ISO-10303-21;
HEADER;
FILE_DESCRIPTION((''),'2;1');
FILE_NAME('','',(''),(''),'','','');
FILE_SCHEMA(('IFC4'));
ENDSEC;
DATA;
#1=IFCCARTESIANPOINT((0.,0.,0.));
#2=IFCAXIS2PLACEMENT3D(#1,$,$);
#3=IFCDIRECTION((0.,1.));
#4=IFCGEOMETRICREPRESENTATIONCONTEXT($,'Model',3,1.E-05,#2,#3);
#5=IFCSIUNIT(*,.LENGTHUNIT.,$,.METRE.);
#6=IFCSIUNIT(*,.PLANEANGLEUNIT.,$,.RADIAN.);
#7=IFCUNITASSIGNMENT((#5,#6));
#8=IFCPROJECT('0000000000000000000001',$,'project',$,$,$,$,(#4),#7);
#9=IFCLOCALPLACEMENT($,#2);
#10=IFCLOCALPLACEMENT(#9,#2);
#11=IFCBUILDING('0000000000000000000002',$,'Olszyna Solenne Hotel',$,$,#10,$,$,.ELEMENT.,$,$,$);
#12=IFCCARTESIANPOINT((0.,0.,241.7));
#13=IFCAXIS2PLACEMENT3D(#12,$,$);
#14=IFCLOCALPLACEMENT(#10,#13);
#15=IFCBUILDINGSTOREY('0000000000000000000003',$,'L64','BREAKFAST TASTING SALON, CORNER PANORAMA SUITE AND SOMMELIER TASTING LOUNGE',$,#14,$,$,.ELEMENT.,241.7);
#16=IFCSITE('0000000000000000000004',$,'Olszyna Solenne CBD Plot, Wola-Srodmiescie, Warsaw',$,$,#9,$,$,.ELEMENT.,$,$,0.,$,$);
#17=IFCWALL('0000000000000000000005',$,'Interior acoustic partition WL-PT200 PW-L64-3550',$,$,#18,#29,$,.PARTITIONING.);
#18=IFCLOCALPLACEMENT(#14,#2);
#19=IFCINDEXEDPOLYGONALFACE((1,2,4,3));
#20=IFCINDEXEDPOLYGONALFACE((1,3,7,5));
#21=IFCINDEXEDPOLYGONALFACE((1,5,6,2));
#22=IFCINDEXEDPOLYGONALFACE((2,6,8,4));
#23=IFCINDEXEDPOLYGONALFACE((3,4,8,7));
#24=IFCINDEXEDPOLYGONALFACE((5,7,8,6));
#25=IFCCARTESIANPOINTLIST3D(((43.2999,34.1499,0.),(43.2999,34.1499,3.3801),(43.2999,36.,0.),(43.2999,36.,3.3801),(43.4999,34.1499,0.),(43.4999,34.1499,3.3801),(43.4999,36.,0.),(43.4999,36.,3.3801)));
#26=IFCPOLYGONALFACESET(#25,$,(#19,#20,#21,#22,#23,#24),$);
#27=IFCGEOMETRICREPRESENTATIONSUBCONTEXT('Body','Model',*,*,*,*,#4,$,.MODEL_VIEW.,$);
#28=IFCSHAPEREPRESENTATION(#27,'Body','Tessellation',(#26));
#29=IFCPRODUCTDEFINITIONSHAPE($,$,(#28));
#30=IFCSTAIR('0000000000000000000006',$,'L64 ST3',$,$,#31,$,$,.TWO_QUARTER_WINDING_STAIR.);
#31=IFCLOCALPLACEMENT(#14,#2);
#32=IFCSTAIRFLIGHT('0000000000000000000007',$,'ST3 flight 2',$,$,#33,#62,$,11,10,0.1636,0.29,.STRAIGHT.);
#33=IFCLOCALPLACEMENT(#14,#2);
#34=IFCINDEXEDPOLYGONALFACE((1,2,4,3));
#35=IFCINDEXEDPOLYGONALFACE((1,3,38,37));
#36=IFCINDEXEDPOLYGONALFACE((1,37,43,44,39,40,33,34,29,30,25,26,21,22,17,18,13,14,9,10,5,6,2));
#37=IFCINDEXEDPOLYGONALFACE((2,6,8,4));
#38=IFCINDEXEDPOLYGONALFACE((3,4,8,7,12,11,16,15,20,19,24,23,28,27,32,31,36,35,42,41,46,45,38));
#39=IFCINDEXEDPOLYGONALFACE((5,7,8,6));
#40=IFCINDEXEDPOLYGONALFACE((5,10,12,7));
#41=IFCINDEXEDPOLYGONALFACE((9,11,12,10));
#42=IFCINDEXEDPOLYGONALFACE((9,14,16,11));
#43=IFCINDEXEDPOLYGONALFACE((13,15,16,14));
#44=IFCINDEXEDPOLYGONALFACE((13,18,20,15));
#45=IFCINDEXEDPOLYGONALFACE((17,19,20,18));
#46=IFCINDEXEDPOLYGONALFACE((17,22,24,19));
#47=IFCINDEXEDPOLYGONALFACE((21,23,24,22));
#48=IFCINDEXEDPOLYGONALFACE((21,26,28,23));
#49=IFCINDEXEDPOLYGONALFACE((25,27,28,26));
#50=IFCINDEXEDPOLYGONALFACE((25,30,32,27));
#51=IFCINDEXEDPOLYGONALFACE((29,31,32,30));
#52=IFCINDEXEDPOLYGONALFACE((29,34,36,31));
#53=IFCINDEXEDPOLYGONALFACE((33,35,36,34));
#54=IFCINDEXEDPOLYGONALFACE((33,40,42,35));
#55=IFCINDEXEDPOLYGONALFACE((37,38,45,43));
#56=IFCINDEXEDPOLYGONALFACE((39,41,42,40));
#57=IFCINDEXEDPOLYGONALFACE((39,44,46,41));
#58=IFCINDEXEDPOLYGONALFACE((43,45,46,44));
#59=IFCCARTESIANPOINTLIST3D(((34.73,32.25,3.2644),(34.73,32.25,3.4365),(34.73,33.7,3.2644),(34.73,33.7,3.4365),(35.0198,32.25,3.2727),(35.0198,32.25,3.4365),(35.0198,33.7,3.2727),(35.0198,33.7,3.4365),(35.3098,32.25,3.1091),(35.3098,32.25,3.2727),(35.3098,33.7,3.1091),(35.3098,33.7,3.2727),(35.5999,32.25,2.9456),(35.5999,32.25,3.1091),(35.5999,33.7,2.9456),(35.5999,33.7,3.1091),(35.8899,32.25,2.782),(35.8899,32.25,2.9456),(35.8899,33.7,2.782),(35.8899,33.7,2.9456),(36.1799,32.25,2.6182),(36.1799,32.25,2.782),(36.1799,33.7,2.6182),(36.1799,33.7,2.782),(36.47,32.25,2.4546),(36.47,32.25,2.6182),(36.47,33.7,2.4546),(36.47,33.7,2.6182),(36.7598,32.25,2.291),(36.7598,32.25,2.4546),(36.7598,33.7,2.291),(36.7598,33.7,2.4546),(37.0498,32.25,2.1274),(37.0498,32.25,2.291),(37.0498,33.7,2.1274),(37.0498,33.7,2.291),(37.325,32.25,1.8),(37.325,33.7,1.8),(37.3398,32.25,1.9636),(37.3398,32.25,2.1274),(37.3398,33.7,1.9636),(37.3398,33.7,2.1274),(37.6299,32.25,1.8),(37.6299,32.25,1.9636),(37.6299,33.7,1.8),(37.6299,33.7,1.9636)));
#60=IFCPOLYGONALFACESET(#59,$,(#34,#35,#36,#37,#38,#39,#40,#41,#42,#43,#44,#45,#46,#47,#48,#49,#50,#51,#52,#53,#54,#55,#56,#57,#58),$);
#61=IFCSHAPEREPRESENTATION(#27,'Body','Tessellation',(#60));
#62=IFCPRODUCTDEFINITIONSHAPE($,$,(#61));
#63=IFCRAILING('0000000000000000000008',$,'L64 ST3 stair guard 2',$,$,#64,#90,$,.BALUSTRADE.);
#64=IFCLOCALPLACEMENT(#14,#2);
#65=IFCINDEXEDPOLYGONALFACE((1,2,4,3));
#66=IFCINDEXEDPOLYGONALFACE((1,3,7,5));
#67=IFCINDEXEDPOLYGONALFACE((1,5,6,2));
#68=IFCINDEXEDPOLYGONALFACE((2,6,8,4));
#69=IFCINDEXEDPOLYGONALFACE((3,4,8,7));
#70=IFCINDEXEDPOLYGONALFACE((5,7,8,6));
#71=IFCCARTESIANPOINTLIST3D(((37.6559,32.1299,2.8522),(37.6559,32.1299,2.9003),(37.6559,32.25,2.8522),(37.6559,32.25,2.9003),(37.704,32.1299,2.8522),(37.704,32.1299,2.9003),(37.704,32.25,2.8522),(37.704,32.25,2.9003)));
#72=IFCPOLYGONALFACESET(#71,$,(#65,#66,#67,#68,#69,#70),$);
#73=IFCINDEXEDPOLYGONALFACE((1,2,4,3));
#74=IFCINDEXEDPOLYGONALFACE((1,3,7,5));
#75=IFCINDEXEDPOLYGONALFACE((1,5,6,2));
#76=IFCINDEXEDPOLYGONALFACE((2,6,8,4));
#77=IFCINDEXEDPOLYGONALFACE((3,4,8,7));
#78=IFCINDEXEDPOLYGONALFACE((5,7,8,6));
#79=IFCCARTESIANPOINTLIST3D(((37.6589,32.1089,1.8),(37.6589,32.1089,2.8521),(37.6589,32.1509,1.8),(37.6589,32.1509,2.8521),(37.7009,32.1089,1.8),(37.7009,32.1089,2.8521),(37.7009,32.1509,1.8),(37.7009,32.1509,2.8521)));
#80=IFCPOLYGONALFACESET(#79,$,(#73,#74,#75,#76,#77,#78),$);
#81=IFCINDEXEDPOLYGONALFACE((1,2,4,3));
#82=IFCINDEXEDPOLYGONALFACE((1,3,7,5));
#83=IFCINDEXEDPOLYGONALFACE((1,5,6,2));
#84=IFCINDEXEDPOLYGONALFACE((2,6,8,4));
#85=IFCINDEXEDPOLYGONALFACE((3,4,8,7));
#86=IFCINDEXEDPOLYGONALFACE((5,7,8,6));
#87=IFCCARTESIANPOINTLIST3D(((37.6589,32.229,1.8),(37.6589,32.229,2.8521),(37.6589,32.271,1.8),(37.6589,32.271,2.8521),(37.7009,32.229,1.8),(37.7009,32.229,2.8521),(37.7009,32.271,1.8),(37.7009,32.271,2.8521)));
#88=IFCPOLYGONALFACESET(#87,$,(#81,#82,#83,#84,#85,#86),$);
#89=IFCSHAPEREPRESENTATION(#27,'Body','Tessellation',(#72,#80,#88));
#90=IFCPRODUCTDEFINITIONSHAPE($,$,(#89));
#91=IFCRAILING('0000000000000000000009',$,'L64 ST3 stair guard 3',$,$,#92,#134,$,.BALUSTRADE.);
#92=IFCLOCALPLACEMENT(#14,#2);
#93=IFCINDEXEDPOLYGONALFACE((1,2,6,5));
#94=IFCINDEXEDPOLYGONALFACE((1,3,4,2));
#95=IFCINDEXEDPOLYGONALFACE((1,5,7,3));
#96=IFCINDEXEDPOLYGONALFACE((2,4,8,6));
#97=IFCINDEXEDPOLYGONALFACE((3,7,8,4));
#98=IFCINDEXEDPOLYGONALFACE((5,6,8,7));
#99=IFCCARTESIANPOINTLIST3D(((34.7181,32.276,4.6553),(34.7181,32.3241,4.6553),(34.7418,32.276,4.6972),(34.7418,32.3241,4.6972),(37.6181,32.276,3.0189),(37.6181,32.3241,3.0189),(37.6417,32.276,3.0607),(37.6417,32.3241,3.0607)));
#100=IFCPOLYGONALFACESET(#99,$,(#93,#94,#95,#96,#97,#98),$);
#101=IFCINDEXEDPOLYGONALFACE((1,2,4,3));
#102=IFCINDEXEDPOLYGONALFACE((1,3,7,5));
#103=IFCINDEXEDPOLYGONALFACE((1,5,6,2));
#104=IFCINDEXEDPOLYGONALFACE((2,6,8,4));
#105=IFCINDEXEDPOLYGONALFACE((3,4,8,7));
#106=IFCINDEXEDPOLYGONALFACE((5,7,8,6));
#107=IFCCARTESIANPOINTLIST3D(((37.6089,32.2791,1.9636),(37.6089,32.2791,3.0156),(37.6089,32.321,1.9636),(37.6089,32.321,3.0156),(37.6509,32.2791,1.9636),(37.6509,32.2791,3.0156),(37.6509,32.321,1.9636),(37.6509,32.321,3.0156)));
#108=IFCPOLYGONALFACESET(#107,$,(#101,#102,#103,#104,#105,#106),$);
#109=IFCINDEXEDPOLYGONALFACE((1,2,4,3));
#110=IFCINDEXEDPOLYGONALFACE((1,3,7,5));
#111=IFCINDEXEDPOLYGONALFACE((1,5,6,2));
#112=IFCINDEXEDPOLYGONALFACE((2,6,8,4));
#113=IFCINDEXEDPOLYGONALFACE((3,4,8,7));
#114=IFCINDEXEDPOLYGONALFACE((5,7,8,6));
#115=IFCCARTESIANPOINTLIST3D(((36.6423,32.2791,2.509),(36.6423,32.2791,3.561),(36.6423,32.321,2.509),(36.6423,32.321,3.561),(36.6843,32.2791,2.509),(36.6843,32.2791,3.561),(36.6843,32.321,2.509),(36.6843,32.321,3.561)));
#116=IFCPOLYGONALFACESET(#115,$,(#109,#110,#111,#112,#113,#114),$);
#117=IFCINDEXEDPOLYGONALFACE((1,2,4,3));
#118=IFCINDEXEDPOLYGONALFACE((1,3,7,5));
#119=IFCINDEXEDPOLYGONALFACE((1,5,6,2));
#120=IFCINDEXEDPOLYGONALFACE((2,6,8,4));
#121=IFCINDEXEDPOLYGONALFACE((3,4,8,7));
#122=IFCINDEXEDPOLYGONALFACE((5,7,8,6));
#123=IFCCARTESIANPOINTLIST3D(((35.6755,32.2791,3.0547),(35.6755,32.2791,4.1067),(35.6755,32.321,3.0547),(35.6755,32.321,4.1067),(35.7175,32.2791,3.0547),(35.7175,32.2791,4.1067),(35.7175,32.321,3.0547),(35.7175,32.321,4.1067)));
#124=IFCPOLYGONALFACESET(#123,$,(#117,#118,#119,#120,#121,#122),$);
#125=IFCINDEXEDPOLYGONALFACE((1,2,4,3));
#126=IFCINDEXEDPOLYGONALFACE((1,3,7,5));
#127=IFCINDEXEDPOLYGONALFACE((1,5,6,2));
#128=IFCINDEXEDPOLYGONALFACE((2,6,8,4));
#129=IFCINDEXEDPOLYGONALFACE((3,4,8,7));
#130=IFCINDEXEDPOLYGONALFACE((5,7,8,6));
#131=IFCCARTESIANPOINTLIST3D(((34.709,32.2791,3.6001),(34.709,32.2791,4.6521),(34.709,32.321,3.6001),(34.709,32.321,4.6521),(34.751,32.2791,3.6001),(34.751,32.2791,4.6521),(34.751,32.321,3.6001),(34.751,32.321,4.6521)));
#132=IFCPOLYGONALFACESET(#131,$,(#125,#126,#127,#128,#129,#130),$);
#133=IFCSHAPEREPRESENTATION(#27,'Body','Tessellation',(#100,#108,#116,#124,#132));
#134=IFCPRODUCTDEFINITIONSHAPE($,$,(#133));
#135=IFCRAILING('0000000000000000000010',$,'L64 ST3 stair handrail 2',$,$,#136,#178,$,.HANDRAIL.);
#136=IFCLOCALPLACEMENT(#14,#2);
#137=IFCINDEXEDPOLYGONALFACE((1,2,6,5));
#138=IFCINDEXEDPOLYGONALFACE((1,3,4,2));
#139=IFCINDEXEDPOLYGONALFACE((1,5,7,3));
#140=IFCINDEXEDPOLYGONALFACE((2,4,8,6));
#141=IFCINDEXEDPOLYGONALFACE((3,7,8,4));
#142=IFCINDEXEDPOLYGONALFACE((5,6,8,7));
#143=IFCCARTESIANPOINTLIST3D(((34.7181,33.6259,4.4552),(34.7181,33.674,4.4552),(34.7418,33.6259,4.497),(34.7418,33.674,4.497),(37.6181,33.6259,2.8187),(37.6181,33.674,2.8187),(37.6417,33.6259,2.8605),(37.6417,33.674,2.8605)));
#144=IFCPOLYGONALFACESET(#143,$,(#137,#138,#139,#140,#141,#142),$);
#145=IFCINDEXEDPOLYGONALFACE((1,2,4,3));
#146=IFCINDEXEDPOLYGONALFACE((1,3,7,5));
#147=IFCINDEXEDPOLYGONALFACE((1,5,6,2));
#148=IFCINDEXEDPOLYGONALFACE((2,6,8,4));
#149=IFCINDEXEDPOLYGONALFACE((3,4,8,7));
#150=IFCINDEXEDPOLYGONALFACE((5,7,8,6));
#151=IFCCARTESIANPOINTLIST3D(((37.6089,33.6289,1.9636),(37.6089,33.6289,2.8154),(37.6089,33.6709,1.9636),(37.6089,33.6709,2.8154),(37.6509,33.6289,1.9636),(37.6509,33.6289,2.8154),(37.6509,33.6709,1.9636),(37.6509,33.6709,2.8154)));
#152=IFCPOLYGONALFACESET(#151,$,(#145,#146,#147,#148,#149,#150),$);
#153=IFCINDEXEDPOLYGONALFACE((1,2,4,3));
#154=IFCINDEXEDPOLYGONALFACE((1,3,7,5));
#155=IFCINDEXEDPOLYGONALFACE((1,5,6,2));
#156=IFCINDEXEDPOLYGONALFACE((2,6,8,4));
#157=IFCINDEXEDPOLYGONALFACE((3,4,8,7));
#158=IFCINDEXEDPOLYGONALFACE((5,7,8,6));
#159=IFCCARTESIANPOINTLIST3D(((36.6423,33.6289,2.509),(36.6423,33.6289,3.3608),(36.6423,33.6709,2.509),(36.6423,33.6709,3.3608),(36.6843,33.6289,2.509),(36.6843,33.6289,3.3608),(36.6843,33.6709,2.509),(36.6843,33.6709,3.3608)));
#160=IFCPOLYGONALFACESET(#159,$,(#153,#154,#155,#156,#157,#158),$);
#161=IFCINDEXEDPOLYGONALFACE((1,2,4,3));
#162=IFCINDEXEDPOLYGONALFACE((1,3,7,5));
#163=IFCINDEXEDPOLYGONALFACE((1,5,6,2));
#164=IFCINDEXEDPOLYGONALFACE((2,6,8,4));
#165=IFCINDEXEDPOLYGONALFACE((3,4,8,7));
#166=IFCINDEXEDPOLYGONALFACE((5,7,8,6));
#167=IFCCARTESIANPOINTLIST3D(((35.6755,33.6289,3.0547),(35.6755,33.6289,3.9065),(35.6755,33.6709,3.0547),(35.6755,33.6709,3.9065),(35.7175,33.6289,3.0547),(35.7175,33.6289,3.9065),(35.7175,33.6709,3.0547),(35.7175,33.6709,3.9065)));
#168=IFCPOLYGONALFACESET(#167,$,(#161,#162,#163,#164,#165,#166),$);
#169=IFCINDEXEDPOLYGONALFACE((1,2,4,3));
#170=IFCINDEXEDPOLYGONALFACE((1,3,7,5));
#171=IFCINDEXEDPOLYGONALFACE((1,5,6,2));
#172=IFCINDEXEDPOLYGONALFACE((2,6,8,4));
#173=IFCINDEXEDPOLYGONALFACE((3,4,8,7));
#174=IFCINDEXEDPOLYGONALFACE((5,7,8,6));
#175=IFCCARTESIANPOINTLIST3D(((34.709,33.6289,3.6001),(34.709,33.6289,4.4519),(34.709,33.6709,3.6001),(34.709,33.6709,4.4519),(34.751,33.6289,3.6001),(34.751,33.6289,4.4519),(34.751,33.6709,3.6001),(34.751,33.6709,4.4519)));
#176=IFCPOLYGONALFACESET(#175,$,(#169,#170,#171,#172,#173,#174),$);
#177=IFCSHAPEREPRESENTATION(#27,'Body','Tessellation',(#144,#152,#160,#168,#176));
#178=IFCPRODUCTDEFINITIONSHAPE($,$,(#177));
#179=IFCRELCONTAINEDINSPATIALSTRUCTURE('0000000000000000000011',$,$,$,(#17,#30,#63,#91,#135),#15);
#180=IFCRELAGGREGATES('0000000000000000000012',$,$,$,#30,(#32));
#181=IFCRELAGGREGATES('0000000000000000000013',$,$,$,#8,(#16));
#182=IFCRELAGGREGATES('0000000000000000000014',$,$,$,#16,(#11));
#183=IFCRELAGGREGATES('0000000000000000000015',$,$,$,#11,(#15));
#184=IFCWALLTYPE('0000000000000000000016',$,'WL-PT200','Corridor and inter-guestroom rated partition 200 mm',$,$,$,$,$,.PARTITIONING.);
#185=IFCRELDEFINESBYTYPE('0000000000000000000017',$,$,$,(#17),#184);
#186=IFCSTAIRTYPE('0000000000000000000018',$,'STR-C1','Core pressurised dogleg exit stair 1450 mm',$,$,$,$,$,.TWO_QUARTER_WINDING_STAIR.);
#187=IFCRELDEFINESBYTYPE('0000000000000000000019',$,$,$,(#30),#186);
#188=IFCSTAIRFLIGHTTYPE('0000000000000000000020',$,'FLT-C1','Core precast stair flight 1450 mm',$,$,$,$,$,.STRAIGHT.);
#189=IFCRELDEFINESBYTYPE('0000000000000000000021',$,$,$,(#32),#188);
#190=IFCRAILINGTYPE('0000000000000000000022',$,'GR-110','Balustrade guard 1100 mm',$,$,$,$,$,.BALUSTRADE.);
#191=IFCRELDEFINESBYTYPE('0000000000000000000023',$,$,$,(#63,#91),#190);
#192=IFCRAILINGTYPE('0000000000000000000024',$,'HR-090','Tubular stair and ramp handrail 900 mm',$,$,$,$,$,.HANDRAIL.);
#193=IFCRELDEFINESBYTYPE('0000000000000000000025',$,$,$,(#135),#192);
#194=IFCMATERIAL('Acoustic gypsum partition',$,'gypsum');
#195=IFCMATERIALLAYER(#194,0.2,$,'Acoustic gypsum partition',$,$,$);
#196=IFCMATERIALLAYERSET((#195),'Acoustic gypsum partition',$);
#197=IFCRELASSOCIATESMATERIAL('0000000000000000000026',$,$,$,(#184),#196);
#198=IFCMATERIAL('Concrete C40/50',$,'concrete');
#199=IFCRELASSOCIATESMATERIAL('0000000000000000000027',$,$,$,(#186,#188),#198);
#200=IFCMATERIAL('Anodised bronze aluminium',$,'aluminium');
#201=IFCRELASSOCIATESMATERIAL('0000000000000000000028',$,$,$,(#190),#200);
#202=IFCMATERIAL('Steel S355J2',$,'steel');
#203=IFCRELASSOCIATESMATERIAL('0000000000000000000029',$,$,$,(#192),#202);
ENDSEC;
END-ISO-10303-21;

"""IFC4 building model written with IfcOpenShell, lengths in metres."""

from ifc_helpers import new_model, si_unit, direction, frame, frame_2d, origin, origin_2d, place, context, subcontext, project, spatial, polyline, rectangle, outline, extrude, material, layer, layer_set, type_object, element, aggregate, save


model = new_model("IFC4")

# Units and contexts
model_context = context("Model", 3, precision=1e-05, world=origin(), true_north=direction((0.0, 1.0)))
body_context = subcontext(model_context, "Body", "Model", "MODEL_VIEW")
ifc_project = project(units=[si_unit("LENGTHUNIT", "METRE"), si_unit("PLANEANGLEUNIT", "RADIAN")], contexts=[model_context])

# Site, building, storey
site_placement = place(None, origin())
site = spatial("IfcSite", under=ifc_project, at=site_placement, Name="Olszyna Solenne CBD Plot, Wola-Srodmiescie, Warsaw", CompositionType="ELEMENT", RefElevation=0.0)
building_placement = place(site_placement, origin())
building = spatial("IfcBuilding", under=site, at=building_placement, Name="Olszyna Solenne Hotel", CompositionType="ELEMENT")
storey_placement = place(building_placement, frame((0.0, 0.0, 241.7)))
storey = spatial("IfcBuildingStorey", under=building, at=storey_placement, Name="L64", Description="BREAKFAST TASTING SALON, CORNER PANORAMA SUITE AND SOMMELIER TASTING LOUNGE", CompositionType="ELEMENT", Elevation=241.7)

# Shared definitions
ifc_material_1 = material(Name="Steel S355J2", Category="steel")

# Shared definitions
ifc_material_2 = material(Name="Acoustic gypsum partition", Category="gypsum")

# Shared definitions
ifc_layer_1 = layer(ifc_material_2, 0.2, Name="Acoustic gypsum partition")
ifc_layer_set_1 = layer_set([ifc_layer_1], Name="Acoustic gypsum partition")
wall_type_1 = type_object("IfcWallType", Name="WL-PT200", Description="Corridor and inter-guestroom rated partition 200 mm", PredefinedType="PARTITIONING", material=ifc_layer_set_1)

# Wall
wall_1_placement = place(storey_placement, frame((43.3999, 34.1499, 0.0), z_axis=(0.0, 0.0, 1.0), x_axis=(0.0, 1.0, 0.0)))
element("IfcWall", 1, at=wall_1_placement, inside=storey, type_object=wall_type_1, Name="Interior acoustic partition WL-PT200 PW-L64-3550", PredefinedType="PARTITIONING", context=body_context, shape_type="SweptSolid", body=[
    extrude(rectangle(XDim=1.8501, YDim=0.2, at=frame_2d((0.925, 0.0))), origin(), (0.0, 0.0, 1.0), 3.3801),
])

# Stair, stair flight
ifc_material_3 = material(Name="Concrete C40/50", Category="concrete")
stair_type = type_object("IfcStairType", Name="STR-C1", Description="Core pressurised dogleg exit stair 1450 mm", PredefinedType="TWO_QUARTER_WINDING_STAIR", material=ifc_material_3)
stair_placement = place(storey_placement, origin())
stair = element("IfcStair", 2, at=stair_placement, inside=storey, type_object=stair_type, Name="L64 ST3", PredefinedType="TWO_QUARTER_WINDING_STAIR")
stair_flight_type = type_object("IfcStairFlightType", Name="FLT-C1", Description="Core precast stair flight 1450 mm", PredefinedType="STRAIGHT", material=ifc_material_3)
stair_flight_placement = place(storey_placement, frame((37.6299, 32.9751, 1.8), z_axis=(0.0, 0.0, 1.0), x_axis=(-1.0, 0.0, 0.0)))
stair_flight = element("IfcStairFlight", 3, at=stair_flight_placement, type_object=stair_flight_type, Name="ST3 flight 2", NumberOfRisers=11, NumberOfTreads=10, PredefinedType="STRAIGHT", RiserHeight=0.1636, TreadLength=0.29, context=body_context, shape_type="SweptSolid", body=[
    extrude(outline(polyline([(0.0, 0.0), (0.0, 0.1636), (0.29, 0.1636), (0.29, 0.3274), (0.5801, 0.3274), (0.5801, 0.491), (0.8701, 0.491), (0.8701, 0.6545), (1.1599, 0.6545), (1.1599, 0.8181), (1.45, 0.8181), (1.45, 0.9819), (1.74, 0.9819), (1.74, 1.1455), (2.03, 1.1455), (2.03, 1.3091), (2.3201, 1.3091), (2.3201, 1.4727), (2.6101, 1.4727), (2.6101, 1.6365), (2.8999, 1.6365), (2.8999, 1.8), (2.8999, 1.4644), (0.3049, 0.0), (0.0, 0.0)])), frame((0.0, 0.7251, 0.0), z_axis=(0.0, -1.0, 0.0), x_axis=(1.0, 0.0, 0.0)), (0.0, 0.0, 1.0), 1.45),
])
aggregate(stair, [stair_flight])

# Railings
ifc_material_4 = material(Name="Anodised bronze aluminium", Category="aluminium")
railing_type_1 = type_object("IfcRailingType", Name="GR-110", Description="Balustrade guard 1100 mm", PredefinedType="BALUSTRADE", material=ifc_material_4)
railing_1_placement = place(storey_placement, frame((37.6799, 32.1299, 1.8)))
element("IfcRailing", 4, at=railing_1_placement, inside=storey, type_object=railing_type_1, Name="L64 ST3 stair guard 2", PredefinedType="BALUSTRADE", context=body_context, shape_type="SweptSolid", body=[
    extrude(rectangle(XDim=0.0481, YDim=0.0481, at=origin_2d()), frame((0.0, 0.0, 1.0762), z_axis=(0.0, 1.0, 0.0), x_axis=(-1.0, 0.0, 0.0)), (0.0, 0.0, 1.0), 0.1201),
    extrude(rectangle(XDim=0.042, YDim=0.042, at=origin_2d()), origin(), (0.0, 0.0, 1.0), 1.052),
    extrude(rectangle(XDim=0.042, YDim=0.042, at=origin_2d()), frame((0.0, 0.1201, 0.0)), (0.0, 0.0, 1.0), 1.052),
])
railing_2_placement = place(storey_placement, frame((37.6299, 32.3, 1.9636)))
element("IfcRailing", 5, at=railing_2_placement, inside=storey, type_object=railing_type_1, Name="L64 ST3 stair guard 3", PredefinedType="BALUSTRADE", context=body_context, shape_type="SweptSolid", body=[
    extrude(rectangle(XDim=0.0481, YDim=0.0481, at=origin_2d()), frame((0.0, 0.0, 1.0762), z_axis=(-0.870897, 0.0, 0.491465), x_axis=(0.0, -1.0, 0.0)), (0.0, 0.0, 1.0), 3.3298),
    extrude(rectangle(XDim=0.042, YDim=0.042, at=origin_2d()), origin(), (0.0, 0.0, 1.0), 1.052),
    extrude(rectangle(XDim=0.042, YDim=0.042, at=origin_2d()), frame((-0.9666, 0.0, 0.5454)), (0.0, 0.0, 1.0), 1.052),
    extrude(rectangle(XDim=0.042, YDim=0.042, at=origin_2d()), frame((-1.9333, 0.0, 1.0911)), (0.0, 0.0, 1.0), 1.052),
    extrude(rectangle(XDim=0.042, YDim=0.042, at=origin_2d()), frame((-2.8999, 0.0, 1.6365)), (0.0, 0.0, 1.0), 1.052),
])
railing_type_2 = type_object("IfcRailingType", Name="HR-090", Description="Tubular stair and ramp handrail 900 mm", PredefinedType="HANDRAIL", material=ifc_material_1)
railing_3_placement = place(storey_placement, frame((37.6299, 33.6499, 1.9636)))
element("IfcRailing", 6, at=railing_3_placement, inside=storey, type_object=railing_type_2, Name="L64 ST3 stair handrail 2", PredefinedType="HANDRAIL", context=body_context, shape_type="SweptSolid", body=[
    extrude(rectangle(XDim=0.0481, YDim=0.0481, at=origin_2d()), frame((0.0, 0.0, 0.876), z_axis=(-0.870897, 0.0, 0.491465), x_axis=(0.0, -1.0, 0.0)), (0.0, 0.0, 1.0), 3.3298),
    extrude(rectangle(XDim=0.042, YDim=0.042, at=origin_2d()), origin(), (0.0, 0.0, 1.0), 0.8518),
    extrude(rectangle(XDim=0.042, YDim=0.042, at=origin_2d()), frame((-0.9666, 0.0, 0.5454)), (0.0, 0.0, 1.0), 0.8518),
    extrude(rectangle(XDim=0.042, YDim=0.042, at=origin_2d()), frame((-1.9333, 0.0, 1.0911)), (0.0, 0.0, 1.0), 0.8518),
    extrude(rectangle(XDim=0.042, YDim=0.042, at=origin_2d()), frame((-2.8999, 0.0, 1.6365)), (0.0, 0.0, 1.0), 0.8518),
])

save(model, "model.ifc")
